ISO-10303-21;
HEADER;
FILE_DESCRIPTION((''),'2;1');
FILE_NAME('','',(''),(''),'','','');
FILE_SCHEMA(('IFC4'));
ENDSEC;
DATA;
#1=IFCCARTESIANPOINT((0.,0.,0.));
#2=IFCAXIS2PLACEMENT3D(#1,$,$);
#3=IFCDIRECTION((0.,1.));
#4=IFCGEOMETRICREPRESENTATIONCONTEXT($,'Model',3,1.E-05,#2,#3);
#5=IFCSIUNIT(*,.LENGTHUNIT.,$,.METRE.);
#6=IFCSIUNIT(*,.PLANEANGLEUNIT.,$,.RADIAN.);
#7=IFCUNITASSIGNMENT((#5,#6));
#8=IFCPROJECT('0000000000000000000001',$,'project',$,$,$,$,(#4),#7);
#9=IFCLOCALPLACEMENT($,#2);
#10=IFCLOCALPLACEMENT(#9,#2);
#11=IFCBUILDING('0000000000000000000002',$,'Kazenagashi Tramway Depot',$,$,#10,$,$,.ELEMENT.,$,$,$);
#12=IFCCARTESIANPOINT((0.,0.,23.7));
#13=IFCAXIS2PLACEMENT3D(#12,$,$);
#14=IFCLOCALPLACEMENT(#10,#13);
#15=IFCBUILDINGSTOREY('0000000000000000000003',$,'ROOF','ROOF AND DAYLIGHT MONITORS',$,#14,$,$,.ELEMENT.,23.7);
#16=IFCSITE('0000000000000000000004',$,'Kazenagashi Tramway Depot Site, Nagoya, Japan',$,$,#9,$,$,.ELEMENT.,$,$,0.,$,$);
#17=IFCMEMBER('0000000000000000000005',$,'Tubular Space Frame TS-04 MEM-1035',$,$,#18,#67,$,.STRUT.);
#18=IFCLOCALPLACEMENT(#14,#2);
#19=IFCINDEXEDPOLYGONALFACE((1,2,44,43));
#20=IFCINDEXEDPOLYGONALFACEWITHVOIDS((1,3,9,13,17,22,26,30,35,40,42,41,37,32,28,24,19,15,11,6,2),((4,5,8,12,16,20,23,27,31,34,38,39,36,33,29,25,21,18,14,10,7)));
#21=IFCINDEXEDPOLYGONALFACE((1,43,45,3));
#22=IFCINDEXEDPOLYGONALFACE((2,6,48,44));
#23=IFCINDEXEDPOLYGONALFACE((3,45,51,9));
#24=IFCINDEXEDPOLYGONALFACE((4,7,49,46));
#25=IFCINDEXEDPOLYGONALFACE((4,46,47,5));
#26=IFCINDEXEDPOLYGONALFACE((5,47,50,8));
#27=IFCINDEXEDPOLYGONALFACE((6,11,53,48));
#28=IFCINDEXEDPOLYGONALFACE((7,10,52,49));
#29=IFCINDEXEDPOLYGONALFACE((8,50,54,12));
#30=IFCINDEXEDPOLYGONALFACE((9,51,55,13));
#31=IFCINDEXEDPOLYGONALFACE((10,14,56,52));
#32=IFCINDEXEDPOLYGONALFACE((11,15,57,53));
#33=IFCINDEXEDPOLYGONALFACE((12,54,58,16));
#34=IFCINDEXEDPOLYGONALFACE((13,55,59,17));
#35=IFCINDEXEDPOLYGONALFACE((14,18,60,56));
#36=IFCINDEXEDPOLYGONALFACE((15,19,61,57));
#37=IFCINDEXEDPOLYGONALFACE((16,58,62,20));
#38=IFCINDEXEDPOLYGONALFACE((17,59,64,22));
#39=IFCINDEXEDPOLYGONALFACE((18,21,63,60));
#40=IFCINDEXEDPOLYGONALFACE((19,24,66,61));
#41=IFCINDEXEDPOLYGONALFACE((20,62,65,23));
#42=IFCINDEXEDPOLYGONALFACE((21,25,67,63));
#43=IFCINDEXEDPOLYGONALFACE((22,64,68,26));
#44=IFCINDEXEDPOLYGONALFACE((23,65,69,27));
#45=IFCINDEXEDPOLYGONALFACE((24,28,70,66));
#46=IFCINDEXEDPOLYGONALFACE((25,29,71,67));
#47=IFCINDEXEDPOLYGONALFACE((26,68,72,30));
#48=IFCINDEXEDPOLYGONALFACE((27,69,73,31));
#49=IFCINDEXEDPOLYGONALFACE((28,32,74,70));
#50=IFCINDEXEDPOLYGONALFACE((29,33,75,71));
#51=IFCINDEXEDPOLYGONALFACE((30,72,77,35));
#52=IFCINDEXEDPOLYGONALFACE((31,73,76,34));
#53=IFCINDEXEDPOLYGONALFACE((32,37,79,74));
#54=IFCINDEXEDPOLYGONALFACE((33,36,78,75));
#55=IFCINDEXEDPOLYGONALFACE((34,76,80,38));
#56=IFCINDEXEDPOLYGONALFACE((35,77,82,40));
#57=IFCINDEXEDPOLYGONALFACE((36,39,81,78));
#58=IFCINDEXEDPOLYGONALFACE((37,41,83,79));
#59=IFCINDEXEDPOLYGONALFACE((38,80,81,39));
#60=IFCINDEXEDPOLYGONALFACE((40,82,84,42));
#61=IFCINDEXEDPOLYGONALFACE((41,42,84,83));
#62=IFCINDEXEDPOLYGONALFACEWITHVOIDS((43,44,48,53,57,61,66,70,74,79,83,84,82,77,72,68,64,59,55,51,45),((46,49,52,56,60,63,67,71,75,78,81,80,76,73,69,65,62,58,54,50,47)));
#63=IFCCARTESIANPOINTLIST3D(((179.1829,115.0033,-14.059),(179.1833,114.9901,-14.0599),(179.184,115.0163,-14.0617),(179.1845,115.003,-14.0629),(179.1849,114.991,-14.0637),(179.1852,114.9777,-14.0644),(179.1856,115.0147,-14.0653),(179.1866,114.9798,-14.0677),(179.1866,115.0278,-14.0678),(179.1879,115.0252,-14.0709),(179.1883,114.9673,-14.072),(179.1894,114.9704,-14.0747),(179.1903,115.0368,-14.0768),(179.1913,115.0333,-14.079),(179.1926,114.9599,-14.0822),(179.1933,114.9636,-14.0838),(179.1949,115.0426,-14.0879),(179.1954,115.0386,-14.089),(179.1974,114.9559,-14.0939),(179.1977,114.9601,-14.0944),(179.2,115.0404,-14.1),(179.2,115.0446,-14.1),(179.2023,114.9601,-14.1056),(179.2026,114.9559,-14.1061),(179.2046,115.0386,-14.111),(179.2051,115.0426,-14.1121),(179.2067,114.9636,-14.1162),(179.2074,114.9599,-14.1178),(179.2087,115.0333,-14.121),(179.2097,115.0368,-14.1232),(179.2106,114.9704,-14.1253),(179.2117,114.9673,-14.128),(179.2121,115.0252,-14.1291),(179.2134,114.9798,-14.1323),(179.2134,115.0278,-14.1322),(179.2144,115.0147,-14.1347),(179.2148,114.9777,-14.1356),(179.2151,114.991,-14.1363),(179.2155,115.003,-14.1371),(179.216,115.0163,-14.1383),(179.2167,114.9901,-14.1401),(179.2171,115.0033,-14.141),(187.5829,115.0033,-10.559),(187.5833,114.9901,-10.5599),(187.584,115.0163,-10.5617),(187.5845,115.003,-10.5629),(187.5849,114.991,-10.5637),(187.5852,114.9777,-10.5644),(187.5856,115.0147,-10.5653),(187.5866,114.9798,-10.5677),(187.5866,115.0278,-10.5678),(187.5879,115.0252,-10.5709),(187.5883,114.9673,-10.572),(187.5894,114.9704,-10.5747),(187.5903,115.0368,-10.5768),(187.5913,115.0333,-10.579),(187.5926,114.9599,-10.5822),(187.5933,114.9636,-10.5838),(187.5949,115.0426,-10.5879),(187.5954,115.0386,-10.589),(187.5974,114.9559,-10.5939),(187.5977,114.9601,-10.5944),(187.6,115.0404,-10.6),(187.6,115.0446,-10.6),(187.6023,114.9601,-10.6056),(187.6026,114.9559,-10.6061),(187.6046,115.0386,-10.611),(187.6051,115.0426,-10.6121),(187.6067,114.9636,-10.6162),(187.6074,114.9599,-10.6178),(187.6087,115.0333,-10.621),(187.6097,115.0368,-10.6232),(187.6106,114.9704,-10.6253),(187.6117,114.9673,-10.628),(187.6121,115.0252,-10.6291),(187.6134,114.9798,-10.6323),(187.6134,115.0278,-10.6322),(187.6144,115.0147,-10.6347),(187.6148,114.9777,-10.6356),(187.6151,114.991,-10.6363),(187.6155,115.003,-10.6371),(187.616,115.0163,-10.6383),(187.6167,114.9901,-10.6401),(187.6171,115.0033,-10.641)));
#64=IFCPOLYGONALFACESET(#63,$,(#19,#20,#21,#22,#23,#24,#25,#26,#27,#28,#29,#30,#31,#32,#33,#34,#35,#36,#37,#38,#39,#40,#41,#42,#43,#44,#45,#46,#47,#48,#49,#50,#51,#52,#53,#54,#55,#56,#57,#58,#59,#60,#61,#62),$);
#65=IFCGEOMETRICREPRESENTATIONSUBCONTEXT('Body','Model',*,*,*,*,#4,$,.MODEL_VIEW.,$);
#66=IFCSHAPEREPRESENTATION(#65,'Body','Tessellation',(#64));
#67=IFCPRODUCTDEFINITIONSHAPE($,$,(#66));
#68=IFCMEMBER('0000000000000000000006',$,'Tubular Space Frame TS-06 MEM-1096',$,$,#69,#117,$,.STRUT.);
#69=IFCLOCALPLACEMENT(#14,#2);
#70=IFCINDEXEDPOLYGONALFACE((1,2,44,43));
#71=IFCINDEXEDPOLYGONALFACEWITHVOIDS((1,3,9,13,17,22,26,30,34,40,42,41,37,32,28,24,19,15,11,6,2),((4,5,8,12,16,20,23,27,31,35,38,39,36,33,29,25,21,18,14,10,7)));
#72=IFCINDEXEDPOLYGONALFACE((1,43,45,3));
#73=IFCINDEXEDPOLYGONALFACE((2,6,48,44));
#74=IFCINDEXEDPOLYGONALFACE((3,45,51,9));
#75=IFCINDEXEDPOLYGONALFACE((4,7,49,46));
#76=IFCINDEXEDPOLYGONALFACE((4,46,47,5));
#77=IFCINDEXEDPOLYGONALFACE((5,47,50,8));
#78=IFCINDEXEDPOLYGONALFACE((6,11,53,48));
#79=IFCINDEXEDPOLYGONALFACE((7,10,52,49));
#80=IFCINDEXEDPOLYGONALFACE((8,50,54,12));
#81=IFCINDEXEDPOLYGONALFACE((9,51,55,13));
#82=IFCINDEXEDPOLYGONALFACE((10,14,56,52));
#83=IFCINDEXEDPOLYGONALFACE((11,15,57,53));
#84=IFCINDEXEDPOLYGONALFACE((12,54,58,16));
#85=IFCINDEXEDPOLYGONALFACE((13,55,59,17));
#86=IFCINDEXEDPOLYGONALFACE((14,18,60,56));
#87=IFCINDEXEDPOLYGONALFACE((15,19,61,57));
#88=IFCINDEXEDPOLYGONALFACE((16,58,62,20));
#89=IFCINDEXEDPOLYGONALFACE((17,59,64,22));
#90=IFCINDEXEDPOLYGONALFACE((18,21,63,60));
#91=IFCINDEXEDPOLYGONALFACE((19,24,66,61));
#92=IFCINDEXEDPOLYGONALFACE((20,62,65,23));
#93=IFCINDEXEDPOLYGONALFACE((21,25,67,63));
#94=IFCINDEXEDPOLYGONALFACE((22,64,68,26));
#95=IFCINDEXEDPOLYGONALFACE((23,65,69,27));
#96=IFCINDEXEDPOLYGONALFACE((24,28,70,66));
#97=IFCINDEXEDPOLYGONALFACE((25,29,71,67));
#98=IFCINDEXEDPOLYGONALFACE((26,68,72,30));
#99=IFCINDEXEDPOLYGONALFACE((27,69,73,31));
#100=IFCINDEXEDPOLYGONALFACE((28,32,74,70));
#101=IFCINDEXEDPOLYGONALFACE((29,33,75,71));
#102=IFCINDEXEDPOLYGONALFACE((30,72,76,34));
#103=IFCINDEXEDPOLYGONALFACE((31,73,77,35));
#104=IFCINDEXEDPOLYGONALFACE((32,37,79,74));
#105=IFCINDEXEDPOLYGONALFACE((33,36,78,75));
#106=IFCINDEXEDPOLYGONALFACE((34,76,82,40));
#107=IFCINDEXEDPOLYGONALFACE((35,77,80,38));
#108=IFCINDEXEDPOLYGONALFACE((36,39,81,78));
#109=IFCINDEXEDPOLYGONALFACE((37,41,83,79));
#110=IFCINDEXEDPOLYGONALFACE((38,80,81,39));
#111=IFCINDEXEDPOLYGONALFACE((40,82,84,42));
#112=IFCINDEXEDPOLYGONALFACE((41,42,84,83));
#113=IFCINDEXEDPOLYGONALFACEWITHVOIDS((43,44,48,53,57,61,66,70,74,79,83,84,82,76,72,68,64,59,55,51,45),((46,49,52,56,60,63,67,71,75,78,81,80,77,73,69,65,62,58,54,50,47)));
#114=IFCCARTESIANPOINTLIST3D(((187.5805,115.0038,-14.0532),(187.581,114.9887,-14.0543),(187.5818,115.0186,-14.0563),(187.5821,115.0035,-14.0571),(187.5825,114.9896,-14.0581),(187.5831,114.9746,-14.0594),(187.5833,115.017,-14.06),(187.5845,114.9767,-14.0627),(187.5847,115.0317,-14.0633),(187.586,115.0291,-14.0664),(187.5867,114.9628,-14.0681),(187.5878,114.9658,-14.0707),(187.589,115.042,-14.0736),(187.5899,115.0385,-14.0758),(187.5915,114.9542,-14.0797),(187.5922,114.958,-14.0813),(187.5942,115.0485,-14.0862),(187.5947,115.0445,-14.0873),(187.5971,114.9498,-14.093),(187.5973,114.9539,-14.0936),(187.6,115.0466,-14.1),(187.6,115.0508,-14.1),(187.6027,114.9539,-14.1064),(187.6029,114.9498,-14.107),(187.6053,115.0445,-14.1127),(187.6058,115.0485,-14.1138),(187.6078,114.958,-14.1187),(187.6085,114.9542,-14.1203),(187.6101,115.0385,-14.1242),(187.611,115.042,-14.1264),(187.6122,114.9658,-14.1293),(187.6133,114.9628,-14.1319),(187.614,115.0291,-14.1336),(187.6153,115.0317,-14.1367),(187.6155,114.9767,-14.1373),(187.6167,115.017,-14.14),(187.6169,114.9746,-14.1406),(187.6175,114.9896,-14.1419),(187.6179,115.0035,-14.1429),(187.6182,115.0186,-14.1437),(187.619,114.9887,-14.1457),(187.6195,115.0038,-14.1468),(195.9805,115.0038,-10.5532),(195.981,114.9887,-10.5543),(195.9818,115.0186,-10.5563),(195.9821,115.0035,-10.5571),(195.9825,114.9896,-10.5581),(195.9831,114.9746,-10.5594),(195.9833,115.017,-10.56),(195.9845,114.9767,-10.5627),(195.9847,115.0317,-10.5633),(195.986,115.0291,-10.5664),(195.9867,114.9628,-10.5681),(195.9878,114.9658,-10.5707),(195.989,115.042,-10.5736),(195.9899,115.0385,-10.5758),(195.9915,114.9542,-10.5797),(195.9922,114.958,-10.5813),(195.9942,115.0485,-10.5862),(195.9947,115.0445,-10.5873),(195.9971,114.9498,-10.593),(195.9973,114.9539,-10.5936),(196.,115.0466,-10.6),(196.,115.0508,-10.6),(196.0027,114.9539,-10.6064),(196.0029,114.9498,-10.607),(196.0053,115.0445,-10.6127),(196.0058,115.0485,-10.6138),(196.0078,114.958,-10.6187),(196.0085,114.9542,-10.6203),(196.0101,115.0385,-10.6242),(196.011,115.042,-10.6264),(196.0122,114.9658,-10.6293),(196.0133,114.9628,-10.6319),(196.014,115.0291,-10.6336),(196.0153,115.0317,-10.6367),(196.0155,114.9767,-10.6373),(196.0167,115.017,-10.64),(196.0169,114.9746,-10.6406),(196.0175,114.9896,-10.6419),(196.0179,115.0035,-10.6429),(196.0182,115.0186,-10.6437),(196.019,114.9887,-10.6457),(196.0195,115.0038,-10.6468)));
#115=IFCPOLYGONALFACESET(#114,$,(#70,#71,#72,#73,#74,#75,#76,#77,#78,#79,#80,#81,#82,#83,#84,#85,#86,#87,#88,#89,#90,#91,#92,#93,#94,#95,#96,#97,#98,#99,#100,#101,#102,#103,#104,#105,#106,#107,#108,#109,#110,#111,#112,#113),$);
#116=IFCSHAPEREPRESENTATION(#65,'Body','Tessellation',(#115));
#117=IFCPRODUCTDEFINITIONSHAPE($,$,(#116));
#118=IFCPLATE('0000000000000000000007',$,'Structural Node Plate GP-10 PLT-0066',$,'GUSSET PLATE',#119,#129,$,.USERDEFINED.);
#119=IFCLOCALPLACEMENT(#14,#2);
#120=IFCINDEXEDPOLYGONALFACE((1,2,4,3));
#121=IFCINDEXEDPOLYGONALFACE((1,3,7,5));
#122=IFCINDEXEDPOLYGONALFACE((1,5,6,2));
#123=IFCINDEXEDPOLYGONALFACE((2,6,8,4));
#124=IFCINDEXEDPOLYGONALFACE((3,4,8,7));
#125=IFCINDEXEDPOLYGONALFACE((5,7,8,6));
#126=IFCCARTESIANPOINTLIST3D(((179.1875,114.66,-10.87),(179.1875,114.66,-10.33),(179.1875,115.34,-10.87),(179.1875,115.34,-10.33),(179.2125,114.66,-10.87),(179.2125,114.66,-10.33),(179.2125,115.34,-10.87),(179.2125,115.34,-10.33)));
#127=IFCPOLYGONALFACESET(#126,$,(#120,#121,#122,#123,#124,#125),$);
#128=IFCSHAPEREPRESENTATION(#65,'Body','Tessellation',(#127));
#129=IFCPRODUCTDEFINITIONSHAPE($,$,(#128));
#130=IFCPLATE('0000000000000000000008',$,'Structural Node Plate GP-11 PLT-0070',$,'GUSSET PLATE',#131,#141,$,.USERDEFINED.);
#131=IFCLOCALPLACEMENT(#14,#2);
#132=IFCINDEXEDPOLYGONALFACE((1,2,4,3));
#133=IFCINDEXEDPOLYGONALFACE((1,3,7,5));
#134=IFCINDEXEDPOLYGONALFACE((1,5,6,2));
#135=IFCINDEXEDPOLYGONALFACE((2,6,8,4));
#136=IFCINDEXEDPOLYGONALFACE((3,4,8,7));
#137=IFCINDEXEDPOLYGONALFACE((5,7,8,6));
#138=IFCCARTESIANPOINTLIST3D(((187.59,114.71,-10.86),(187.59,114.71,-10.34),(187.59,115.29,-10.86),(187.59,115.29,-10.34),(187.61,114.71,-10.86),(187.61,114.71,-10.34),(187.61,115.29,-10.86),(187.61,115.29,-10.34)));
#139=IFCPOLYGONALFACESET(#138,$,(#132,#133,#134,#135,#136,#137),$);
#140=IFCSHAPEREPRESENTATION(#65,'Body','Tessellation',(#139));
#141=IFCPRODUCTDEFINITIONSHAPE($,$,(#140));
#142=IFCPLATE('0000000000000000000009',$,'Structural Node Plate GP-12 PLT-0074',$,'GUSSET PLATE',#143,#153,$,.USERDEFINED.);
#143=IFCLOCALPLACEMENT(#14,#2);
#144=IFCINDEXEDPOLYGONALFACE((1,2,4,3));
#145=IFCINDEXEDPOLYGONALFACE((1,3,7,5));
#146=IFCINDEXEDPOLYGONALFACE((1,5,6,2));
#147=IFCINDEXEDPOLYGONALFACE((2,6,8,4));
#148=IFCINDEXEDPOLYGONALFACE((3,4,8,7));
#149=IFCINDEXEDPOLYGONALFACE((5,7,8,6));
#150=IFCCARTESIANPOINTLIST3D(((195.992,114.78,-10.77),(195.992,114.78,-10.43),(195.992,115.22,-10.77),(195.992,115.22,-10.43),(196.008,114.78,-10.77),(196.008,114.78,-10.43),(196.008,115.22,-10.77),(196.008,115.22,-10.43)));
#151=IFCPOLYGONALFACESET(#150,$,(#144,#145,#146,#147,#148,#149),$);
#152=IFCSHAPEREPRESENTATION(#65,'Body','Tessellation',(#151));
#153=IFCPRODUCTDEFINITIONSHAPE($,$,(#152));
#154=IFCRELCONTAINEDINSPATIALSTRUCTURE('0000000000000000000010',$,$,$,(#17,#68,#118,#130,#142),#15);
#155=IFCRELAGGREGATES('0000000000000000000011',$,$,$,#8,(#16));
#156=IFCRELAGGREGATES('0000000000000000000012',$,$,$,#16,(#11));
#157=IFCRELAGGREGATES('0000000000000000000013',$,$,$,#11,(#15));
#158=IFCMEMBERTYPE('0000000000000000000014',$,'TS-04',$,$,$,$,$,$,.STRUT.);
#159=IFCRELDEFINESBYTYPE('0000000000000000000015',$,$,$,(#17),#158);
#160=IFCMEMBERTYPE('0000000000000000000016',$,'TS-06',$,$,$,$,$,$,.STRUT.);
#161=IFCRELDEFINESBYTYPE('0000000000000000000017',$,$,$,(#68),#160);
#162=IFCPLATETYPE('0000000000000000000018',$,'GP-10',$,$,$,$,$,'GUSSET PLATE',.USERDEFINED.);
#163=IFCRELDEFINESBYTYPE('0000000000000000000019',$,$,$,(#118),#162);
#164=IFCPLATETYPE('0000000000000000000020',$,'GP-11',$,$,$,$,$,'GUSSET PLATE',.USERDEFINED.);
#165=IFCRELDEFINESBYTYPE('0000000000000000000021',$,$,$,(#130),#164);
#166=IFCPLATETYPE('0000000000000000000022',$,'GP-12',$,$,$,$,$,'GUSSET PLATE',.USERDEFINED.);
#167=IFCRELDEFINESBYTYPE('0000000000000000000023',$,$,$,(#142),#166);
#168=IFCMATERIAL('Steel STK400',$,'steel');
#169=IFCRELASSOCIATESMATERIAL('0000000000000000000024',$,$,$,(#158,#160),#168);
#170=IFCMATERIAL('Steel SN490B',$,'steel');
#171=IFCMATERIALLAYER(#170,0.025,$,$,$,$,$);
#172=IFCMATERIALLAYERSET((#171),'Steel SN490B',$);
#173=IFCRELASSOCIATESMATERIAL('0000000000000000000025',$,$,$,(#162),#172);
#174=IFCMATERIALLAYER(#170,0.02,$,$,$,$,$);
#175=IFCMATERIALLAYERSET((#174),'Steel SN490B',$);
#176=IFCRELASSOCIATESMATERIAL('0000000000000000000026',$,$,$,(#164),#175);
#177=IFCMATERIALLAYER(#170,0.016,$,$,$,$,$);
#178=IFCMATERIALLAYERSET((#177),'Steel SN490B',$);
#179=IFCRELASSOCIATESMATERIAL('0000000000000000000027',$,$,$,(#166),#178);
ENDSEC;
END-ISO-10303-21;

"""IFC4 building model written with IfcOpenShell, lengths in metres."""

from ifc_helpers import new_model, si_unit, direction, frame, origin, origin_2d, place, context, subcontext, project, spatial, rectangle, hollow_circle, extrude, material, layer, layer_set, material_profile, profile_set, type_object, element, save


model = new_model("IFC4")

# Units and contexts
model_context = context("Model", 3, precision=1e-05, world=origin(), true_north=direction((0.0, 1.0)))
body_context = subcontext(model_context, "Body", "Model", "MODEL_VIEW")
ifc_project = project(units=[si_unit("LENGTHUNIT", "METRE"), si_unit("PLANEANGLEUNIT", "RADIAN")], contexts=[model_context])

# Site, building, storey
site_placement = place(None, origin())
site = spatial("IfcSite", under=ifc_project, at=site_placement, Name="Kazenagashi Tramway Depot Site, Nagoya, Japan", CompositionType="ELEMENT", RefElevation=0.0)
building_placement = place(site_placement, origin())
building = spatial("IfcBuilding", under=site, at=building_placement, Name="Kazenagashi Tramway Depot", CompositionType="ELEMENT")
storey_placement = place(building_placement, frame((0.0, 0.0, 23.7)))
storey = spatial("IfcBuildingStorey", under=building, at=storey_placement, Name="ROOF", Description="ROOF AND DAYLIGHT MONITORS", CompositionType="ELEMENT", Elevation=23.7)

# Members
ifc_material_1 = material(Name="Steel STK400", Category="steel")
ifc_material_profile_1 = material_profile(ifc_material_1, hollow_circle(Radius=0.0445, WallThickness=0.0042, at=origin_2d()), Name="CHS-89.1x4.2")
ifc_profile_set_1 = profile_set([ifc_material_profile_1], Name="Steel STK400")
member_type_1 = type_object("IfcMemberType", Name="TS-04", PredefinedType="STRUT", material=ifc_profile_set_1)
member_1_placement = place(storey_placement, frame((179.2, 115.0, -14.1), z_axis=(0.923077, 0.0, 0.384615), x_axis=(0.0, 1.0, 0.0)))
element("IfcMember", 1, at=member_1_placement, inside=storey, type_object=member_type_1, Name="Tubular Space Frame TS-04 MEM-1035", PredefinedType="STRUT", context=body_context, shape_type="SweptSolid", body=[
    extrude(hollow_circle(Radius=0.0445, WallThickness=0.0042, at=origin_2d()), origin(), (0.0, 0.0, 1.0), 9.1),
])
ifc_material_profile_2 = material_profile(ifc_material_1, hollow_circle(Radius=0.0508, WallThickness=0.0042, at=origin_2d()), Name="CHS-101.6x4.2")
ifc_profile_set_2 = profile_set([ifc_material_profile_2], Name="Steel STK400")
member_type_2 = type_object("IfcMemberType", Name="TS-06", PredefinedType="STRUT", material=ifc_profile_set_2)
member_2_placement = place(storey_placement, frame((187.6, 115.0, -14.1), z_axis=(0.923077, 0.0, 0.384615), x_axis=(0.0, 1.0, 0.0)))
element("IfcMember", 2, at=member_2_placement, inside=storey, type_object=member_type_2, Name="Tubular Space Frame TS-06 MEM-1096", PredefinedType="STRUT", context=body_context, shape_type="SweptSolid", body=[
    extrude(hollow_circle(Radius=0.0508, WallThickness=0.0042, at=origin_2d()), origin(), (0.0, 0.0, 1.0), 9.1),
])

# Plates
ifc_material_2 = material(Name="Steel SN490B", Category="steel")
ifc_layer_1 = layer(ifc_material_2, 0.025)
ifc_layer_set_1 = layer_set([ifc_layer_1], Name="Steel SN490B")
plate_type_1 = type_object("IfcPlateType", Name="GP-10", ElementType="GUSSET PLATE", PredefinedType="USERDEFINED", material=ifc_layer_set_1)
plate_1_placement = place(storey_placement, frame((179.2, 115.0, -10.87), z_axis=(0.0, 0.0, 1.0), x_axis=(0.0, 1.0, 0.0)))
element("IfcPlate", 3, at=plate_1_placement, inside=storey, type_object=plate_type_1, Name="Structural Node Plate GP-10 PLT-0066", ObjectType="GUSSET PLATE", PredefinedType="USERDEFINED", context=body_context, shape_type="SweptSolid", body=[
    extrude(rectangle(XDim=0.68, YDim=0.025, at=origin_2d()), origin(), (0.0, 0.0, 1.0), 0.54),
])
ifc_layer_2 = layer(ifc_material_2, 0.02)
ifc_layer_set_2 = layer_set([ifc_layer_2], Name="Steel SN490B")
plate_type_2 = type_object("IfcPlateType", Name="GP-11", ElementType="GUSSET PLATE", PredefinedType="USERDEFINED", material=ifc_layer_set_2)
plate_2_placement = place(storey_placement, frame((187.6, 115.0, -10.86), z_axis=(0.0, 0.0, 1.0), x_axis=(0.0, 1.0, 0.0)))
element("IfcPlate", 4, at=plate_2_placement, inside=storey, type_object=plate_type_2, Name="Structural Node Plate GP-11 PLT-0070", ObjectType="GUSSET PLATE", PredefinedType="USERDEFINED", context=body_context, shape_type="SweptSolid", body=[
    extrude(rectangle(XDim=0.58, YDim=0.02, at=origin_2d()), origin(), (0.0, 0.0, 1.0), 0.52),
])
ifc_layer_3 = layer(ifc_material_2, 0.016)
ifc_layer_set_3 = layer_set([ifc_layer_3], Name="Steel SN490B")
plate_type_3 = type_object("IfcPlateType", Name="GP-12", ElementType="GUSSET PLATE", PredefinedType="USERDEFINED", material=ifc_layer_set_3)
plate_3_placement = place(storey_placement, frame((196.0, 115.0, -10.77), z_axis=(0.0, 0.0, 1.0), x_axis=(0.0, 1.0, 0.0)))
element("IfcPlate", 5, at=plate_3_placement, inside=storey, type_object=plate_type_3, Name="Structural Node Plate GP-12 PLT-0074", ObjectType="GUSSET PLATE", PredefinedType="USERDEFINED", context=body_context, shape_type="SweptSolid", body=[
    extrude(rectangle(XDim=0.44, YDim=0.016, at=origin_2d()), origin(), (0.0, 0.0, 1.0), 0.34),
])

save(model, "model.ifc")
